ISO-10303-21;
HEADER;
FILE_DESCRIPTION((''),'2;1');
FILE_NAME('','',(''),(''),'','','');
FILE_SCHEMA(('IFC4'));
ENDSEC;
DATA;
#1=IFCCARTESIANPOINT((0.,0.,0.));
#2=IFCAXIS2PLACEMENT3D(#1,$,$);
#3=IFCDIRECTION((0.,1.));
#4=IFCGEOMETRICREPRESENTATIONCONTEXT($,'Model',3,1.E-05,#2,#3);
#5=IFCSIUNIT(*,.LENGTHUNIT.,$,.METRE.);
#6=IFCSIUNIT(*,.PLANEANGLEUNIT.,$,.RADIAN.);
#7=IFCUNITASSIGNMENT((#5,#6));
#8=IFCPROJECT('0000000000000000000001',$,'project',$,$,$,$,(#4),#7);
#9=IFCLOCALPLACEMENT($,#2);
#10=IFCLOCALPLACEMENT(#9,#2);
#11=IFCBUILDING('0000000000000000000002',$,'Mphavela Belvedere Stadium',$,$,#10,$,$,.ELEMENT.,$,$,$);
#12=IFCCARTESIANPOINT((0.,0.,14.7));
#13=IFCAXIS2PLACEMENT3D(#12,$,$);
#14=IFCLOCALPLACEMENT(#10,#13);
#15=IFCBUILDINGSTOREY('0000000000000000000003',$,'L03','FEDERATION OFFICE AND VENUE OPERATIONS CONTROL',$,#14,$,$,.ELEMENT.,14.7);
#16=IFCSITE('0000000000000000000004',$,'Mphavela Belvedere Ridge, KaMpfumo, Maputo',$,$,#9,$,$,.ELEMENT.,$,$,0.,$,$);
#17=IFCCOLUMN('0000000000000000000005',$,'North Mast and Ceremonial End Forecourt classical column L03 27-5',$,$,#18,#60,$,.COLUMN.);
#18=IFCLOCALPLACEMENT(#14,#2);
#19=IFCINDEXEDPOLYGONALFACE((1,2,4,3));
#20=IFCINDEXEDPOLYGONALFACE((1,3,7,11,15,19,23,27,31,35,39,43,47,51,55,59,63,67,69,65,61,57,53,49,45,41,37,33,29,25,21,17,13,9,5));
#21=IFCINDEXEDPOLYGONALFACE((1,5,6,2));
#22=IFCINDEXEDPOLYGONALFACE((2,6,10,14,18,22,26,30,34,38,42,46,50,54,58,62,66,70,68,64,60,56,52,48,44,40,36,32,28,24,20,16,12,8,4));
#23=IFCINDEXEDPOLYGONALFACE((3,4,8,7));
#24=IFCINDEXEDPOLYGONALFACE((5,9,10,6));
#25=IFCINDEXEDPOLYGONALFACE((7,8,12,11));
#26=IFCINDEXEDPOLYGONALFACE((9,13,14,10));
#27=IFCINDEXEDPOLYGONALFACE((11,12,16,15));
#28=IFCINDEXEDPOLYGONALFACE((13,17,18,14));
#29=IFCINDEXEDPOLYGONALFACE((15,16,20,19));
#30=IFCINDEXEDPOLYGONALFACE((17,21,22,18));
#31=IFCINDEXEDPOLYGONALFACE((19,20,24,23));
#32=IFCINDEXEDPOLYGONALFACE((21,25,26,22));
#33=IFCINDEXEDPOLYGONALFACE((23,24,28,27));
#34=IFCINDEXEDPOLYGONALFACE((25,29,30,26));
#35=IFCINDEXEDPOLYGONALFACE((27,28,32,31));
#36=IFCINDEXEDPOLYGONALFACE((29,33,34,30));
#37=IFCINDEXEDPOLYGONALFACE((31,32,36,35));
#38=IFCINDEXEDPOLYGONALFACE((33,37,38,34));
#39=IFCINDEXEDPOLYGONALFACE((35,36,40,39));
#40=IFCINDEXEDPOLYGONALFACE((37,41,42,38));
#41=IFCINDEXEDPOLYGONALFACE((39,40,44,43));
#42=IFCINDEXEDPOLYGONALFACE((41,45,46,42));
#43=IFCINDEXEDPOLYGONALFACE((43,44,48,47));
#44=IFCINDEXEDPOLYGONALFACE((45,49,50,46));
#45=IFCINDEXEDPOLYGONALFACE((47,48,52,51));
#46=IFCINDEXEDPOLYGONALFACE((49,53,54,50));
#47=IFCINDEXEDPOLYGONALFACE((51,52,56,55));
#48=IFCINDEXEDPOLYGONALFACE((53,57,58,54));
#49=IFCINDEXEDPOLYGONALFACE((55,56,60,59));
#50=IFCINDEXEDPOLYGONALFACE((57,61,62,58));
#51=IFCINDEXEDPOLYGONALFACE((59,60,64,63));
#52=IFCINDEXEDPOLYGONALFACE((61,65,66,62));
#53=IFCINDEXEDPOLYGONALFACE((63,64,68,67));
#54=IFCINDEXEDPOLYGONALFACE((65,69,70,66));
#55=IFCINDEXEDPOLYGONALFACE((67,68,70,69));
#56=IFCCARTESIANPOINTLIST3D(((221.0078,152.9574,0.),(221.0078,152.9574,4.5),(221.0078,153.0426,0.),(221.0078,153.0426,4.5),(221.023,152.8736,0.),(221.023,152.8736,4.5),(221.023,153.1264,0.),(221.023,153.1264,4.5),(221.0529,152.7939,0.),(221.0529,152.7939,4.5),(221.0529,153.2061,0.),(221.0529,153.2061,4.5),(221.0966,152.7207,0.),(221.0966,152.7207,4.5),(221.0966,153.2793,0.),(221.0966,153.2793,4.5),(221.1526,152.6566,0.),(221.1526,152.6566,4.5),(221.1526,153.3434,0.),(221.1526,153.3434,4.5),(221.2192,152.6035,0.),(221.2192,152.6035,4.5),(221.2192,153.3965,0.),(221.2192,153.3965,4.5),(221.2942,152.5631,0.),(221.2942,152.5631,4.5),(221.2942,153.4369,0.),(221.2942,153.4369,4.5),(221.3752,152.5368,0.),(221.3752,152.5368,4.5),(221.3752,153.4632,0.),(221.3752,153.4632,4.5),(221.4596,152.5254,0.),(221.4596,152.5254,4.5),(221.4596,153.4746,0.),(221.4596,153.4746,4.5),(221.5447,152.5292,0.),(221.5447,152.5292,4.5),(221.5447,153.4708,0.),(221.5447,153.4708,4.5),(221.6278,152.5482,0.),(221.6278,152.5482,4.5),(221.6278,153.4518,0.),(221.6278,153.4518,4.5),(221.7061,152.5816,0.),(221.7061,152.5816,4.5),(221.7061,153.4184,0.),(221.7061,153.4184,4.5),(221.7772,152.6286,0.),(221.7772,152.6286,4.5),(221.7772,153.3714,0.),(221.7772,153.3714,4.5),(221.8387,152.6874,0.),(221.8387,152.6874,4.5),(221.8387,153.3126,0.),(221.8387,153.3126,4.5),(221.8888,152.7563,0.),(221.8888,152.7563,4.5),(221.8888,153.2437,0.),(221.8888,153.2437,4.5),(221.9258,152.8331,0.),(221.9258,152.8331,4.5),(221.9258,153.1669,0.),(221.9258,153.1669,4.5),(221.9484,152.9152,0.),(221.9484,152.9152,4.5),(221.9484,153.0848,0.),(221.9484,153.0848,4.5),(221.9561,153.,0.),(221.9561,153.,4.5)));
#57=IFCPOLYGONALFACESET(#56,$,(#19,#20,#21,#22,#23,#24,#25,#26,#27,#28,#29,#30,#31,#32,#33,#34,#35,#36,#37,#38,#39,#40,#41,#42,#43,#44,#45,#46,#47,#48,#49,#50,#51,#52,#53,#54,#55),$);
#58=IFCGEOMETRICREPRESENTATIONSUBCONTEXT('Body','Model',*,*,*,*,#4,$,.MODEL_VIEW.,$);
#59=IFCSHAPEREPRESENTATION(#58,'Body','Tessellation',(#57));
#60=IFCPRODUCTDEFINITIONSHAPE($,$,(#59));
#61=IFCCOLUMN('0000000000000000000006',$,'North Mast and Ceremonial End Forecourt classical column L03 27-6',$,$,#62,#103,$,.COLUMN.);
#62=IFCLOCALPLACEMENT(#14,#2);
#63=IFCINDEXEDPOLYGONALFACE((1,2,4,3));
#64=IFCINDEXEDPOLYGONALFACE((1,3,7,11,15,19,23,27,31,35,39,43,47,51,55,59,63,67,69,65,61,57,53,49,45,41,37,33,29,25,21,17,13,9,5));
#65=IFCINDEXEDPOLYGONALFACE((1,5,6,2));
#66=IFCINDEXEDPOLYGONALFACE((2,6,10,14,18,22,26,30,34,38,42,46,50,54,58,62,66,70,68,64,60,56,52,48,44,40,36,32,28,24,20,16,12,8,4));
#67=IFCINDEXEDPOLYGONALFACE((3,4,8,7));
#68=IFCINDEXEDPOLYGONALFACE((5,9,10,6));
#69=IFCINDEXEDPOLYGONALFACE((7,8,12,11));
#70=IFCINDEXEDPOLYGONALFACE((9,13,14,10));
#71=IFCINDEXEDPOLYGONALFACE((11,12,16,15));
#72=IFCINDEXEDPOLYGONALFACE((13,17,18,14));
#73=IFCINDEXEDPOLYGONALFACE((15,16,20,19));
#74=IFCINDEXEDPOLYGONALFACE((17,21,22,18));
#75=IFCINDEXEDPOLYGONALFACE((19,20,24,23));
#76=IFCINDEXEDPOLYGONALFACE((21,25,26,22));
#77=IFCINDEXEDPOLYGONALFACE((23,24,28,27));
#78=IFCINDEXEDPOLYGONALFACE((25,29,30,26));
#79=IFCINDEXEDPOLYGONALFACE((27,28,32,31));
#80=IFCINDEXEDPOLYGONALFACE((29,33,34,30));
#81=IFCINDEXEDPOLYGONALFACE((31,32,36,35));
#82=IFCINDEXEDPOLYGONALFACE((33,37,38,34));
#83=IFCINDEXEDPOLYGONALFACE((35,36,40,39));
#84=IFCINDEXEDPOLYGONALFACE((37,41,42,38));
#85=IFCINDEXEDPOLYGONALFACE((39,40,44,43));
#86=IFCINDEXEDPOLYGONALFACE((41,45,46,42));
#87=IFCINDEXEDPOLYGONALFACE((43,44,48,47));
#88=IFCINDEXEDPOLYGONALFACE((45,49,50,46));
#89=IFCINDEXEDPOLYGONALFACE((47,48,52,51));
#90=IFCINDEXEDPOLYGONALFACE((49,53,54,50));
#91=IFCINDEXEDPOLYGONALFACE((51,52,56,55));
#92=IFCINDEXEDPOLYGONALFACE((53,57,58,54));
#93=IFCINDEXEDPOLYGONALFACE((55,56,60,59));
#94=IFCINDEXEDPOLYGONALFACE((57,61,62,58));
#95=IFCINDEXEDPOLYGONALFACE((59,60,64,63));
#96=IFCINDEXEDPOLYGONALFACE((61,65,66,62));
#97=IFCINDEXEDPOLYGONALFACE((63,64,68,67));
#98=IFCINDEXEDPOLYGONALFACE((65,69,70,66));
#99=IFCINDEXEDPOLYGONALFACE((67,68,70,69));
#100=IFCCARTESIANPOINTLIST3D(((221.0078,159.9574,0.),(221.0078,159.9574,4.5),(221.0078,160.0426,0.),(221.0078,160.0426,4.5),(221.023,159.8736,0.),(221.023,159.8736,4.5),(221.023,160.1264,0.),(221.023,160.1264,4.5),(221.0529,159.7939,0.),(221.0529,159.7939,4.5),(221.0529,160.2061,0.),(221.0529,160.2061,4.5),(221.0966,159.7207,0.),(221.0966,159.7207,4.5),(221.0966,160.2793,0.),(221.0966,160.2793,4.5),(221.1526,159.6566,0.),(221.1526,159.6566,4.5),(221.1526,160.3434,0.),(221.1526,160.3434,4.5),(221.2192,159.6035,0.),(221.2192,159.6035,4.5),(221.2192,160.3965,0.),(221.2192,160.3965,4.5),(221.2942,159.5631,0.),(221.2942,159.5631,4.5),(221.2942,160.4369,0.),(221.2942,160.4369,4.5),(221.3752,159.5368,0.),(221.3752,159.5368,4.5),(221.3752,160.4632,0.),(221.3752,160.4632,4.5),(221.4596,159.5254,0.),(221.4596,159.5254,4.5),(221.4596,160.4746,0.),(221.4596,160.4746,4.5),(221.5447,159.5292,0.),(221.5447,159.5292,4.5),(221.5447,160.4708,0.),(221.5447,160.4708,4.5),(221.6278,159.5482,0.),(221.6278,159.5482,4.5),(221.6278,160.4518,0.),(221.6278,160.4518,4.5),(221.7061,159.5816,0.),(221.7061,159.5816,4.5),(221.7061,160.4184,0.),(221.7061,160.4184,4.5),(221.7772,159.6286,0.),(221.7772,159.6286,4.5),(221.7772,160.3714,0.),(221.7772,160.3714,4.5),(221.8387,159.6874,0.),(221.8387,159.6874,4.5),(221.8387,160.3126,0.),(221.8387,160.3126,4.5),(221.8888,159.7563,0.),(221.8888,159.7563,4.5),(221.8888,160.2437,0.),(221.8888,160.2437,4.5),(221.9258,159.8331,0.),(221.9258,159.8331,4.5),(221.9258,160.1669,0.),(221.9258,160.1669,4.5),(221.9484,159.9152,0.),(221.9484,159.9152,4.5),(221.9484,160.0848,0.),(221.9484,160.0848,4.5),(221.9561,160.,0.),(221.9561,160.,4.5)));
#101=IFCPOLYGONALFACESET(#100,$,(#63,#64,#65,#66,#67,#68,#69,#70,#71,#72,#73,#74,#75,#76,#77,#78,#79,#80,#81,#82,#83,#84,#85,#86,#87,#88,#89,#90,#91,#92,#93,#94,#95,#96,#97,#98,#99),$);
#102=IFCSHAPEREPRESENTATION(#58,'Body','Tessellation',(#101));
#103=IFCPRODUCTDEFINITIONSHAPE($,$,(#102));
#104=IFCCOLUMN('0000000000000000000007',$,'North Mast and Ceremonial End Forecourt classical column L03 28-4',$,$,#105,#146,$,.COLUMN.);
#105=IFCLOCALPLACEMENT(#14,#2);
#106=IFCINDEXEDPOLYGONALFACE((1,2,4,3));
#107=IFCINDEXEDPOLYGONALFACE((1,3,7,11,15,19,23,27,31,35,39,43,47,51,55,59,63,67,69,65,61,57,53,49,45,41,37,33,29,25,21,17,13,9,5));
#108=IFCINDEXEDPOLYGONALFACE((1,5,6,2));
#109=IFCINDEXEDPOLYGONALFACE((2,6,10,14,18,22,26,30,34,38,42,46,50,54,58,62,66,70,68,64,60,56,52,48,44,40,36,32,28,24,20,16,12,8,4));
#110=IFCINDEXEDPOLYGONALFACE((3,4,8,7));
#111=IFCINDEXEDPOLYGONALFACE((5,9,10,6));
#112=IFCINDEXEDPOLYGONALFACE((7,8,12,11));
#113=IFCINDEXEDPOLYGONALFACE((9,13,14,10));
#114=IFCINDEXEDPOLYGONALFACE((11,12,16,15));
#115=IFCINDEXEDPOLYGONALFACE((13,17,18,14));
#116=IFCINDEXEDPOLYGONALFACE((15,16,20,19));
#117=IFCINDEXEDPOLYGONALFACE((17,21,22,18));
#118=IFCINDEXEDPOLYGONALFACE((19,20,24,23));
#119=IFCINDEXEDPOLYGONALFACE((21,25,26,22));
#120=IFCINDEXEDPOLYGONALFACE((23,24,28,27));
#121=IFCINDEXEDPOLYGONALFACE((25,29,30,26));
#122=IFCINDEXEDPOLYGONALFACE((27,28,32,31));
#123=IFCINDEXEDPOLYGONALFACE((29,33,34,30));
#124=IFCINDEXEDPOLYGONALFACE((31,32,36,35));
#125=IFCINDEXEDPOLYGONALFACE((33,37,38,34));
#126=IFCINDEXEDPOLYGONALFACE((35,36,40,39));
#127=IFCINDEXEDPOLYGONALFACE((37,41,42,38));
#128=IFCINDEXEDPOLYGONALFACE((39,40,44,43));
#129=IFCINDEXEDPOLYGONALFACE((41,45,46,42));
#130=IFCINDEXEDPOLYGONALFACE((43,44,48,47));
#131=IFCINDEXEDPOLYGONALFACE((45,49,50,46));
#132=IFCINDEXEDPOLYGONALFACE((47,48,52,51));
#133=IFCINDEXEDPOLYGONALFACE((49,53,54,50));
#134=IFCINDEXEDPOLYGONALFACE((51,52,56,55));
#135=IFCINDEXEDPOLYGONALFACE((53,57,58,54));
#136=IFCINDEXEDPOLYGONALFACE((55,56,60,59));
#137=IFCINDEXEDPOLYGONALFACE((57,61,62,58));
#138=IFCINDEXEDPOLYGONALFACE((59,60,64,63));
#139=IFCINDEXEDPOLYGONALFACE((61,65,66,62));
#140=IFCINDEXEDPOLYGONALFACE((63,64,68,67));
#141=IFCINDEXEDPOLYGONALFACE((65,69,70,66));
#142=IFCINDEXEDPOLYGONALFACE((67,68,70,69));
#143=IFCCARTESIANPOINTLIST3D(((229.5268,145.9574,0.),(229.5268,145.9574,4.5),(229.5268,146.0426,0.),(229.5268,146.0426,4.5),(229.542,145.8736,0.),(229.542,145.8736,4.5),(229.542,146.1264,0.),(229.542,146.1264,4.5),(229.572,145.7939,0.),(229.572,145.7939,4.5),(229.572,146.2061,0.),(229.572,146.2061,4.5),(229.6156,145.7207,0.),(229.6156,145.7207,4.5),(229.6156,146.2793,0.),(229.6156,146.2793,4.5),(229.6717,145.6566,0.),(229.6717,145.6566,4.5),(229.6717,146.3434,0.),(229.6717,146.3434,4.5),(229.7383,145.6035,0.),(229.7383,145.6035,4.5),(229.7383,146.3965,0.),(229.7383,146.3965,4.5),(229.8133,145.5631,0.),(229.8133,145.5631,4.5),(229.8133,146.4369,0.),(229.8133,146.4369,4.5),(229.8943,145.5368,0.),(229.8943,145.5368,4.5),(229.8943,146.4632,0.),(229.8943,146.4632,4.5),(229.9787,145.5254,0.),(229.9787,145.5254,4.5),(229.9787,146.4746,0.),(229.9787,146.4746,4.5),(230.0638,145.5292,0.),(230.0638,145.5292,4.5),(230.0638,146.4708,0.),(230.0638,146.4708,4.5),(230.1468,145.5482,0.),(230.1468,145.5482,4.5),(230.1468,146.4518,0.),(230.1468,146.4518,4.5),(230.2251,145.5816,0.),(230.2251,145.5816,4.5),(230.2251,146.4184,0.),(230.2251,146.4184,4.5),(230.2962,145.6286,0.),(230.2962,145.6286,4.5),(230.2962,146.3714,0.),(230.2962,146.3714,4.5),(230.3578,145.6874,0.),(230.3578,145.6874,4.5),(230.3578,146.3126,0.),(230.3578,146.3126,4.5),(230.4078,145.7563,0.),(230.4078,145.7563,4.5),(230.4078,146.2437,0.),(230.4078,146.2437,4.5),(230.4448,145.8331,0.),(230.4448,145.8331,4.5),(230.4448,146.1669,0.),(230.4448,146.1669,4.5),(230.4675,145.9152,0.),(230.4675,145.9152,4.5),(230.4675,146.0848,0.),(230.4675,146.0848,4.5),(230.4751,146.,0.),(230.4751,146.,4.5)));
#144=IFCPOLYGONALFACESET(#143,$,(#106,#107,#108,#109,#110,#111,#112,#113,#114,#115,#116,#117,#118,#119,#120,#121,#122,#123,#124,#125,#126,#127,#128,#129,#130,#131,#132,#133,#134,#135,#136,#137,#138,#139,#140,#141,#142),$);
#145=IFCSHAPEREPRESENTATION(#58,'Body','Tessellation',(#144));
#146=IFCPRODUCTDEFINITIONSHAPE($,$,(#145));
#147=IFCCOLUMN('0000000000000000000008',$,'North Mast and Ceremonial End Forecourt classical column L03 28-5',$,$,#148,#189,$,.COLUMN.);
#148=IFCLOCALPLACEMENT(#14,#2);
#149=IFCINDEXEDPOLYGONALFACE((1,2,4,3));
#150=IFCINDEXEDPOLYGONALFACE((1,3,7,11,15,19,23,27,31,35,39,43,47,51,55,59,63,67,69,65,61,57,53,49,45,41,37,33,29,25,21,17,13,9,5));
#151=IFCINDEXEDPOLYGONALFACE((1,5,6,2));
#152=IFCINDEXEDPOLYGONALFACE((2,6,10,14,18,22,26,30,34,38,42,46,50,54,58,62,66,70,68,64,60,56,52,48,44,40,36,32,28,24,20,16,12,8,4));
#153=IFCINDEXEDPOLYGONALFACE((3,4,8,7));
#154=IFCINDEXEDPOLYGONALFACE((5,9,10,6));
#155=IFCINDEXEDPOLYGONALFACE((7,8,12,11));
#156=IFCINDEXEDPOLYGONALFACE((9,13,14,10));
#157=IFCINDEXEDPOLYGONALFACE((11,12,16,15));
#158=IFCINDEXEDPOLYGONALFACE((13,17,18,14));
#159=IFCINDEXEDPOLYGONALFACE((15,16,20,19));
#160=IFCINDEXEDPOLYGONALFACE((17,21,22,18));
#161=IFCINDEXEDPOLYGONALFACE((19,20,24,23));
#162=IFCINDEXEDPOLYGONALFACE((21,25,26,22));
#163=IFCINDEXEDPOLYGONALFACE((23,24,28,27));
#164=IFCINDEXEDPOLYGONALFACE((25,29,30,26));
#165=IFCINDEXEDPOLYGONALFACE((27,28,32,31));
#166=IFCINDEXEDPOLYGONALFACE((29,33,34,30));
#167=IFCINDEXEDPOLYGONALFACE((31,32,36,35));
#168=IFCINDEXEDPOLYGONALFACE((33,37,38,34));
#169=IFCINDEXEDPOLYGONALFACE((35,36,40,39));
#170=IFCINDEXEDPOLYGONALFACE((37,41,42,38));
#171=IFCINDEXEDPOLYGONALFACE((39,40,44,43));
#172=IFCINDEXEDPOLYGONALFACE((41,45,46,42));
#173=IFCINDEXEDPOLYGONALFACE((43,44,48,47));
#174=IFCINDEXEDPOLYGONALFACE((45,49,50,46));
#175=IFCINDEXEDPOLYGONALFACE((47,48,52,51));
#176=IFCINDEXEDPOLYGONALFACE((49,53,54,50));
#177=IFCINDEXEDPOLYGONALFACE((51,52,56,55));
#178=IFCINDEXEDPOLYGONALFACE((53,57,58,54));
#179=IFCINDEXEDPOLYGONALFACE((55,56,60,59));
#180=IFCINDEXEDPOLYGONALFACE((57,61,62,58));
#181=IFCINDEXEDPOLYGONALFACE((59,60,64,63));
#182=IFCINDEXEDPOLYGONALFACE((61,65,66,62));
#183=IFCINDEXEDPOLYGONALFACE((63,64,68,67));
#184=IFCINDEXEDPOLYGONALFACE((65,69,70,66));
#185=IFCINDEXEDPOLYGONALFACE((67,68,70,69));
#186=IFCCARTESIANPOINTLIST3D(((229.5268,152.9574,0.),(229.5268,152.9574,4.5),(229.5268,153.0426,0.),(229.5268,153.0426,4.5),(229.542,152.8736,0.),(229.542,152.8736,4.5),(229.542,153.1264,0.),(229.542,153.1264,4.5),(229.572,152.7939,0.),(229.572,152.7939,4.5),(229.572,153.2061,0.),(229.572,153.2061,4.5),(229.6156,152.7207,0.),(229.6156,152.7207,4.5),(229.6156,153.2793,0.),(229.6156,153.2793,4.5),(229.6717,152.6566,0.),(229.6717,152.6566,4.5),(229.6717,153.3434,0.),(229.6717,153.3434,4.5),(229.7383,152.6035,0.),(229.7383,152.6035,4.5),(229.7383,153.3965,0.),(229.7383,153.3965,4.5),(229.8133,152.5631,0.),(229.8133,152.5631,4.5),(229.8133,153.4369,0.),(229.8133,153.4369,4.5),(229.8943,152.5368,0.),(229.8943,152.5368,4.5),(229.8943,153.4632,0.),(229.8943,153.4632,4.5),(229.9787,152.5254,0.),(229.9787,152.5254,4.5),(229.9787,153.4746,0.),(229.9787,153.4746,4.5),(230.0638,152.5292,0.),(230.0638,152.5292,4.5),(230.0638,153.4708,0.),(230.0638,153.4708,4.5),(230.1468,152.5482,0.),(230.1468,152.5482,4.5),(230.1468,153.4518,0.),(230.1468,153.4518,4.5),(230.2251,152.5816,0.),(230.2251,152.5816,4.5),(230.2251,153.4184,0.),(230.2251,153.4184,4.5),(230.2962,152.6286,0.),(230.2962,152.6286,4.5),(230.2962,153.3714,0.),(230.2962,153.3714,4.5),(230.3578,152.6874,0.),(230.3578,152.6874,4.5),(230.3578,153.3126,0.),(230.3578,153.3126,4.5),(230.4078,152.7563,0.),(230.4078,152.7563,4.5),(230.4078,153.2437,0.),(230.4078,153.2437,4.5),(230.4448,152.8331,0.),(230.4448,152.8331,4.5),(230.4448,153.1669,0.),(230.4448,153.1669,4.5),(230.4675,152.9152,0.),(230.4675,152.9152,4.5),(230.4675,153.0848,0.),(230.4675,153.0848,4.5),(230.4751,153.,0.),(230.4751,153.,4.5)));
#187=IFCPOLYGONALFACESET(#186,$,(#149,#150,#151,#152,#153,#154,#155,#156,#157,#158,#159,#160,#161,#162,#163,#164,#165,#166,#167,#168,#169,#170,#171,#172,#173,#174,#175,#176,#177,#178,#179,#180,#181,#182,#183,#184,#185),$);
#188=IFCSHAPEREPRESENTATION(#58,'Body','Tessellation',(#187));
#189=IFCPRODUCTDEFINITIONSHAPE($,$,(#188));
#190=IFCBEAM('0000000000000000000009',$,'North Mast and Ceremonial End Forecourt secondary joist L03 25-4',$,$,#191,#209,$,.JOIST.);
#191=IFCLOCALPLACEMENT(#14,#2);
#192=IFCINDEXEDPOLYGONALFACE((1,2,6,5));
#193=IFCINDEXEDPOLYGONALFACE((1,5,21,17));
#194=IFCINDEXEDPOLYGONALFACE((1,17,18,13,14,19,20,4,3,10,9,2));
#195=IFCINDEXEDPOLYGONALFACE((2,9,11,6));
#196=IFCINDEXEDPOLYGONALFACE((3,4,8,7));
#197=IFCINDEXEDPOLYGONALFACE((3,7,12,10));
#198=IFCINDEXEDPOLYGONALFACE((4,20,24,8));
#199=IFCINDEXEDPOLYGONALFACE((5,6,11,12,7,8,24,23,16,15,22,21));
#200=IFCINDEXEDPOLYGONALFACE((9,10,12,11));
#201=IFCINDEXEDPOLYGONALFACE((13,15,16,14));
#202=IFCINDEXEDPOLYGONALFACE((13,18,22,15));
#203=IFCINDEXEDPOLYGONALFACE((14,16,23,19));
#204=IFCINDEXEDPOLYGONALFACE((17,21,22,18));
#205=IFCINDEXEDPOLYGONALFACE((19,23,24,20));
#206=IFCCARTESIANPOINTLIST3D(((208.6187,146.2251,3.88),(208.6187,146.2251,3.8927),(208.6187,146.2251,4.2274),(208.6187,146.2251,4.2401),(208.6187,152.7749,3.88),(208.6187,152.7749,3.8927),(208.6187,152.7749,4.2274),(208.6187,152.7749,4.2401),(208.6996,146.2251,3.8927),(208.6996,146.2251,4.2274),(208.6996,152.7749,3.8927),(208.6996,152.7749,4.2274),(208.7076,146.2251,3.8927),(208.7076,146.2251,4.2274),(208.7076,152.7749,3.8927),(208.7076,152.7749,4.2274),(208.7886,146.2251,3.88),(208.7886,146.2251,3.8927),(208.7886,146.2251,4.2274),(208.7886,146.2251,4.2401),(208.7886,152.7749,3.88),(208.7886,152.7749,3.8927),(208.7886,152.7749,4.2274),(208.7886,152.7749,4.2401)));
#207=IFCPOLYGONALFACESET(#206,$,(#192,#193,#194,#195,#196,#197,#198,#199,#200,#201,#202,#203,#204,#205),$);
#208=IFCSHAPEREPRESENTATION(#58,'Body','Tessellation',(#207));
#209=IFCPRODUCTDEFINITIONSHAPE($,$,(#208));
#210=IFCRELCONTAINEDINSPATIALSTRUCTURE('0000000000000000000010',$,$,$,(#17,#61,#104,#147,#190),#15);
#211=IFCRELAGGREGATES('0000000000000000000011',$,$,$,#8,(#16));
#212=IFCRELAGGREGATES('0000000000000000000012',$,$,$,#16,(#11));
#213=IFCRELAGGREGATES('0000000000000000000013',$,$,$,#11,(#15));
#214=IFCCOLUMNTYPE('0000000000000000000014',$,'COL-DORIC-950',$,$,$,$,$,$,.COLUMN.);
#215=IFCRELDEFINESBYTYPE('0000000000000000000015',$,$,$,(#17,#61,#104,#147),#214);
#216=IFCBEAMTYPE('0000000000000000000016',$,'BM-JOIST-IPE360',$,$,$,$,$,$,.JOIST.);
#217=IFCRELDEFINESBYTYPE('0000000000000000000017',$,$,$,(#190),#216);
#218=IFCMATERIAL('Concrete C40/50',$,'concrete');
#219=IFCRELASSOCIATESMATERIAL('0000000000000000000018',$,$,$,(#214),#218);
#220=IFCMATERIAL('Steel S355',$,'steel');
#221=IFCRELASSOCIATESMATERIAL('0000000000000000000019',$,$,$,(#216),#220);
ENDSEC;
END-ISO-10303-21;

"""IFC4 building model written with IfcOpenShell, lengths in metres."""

from ifc_helpers import new_model, si_unit, direction, frame, origin, origin_2d, place, context, subcontext, project, spatial, circle, i_section, extrude, material, material_profile, profile_set, type_object, element, save


model = new_model("IFC4")

# Units and contexts
model_context = context("Model", 3, precision=1e-05, world=origin(), true_north=direction((0.0, 1.0)))
body_context = subcontext(model_context, "Body", "Model", "MODEL_VIEW")
ifc_project = project(units=[si_unit("LENGTHUNIT", "METRE"), si_unit("PLANEANGLEUNIT", "RADIAN")], contexts=[model_context])

# Site, building, storey
site_placement = place(None, origin())
site = spatial("IfcSite", under=ifc_project, at=site_placement, Name="Mphavela Belvedere Ridge, KaMpfumo, Maputo", CompositionType="ELEMENT", RefElevation=0.0)
building_placement = place(site_placement, origin())
building = spatial("IfcBuilding", under=site, at=building_placement, Name="Mphavela Belvedere Stadium", CompositionType="ELEMENT")
storey_placement = place(building_placement, frame((0.0, 0.0, 14.7)))
storey = spatial("IfcBuildingStorey", under=building, at=storey_placement, Name="L03", Description="FEDERATION OFFICE AND VENUE OPERATIONS CONTROL", CompositionType="ELEMENT", Elevation=14.7)

# Columns
ifc_material_1 = material(Name="Concrete C40/50", Category="concrete")
ifc_material_profile_1 = material_profile(ifc_material_1, circle(Radius=0.4751, at=origin_2d()), Name="COL D950")
ifc_profile_set_1 = profile_set([ifc_material_profile_1], Name="Concrete C40/50")
column_type = type_object("IfcColumnType", Name="COL-DORIC-950", PredefinedType="COLUMN", material=ifc_profile_set_1)
for number, where, z_axis, x_axis, name in (
    (1, (221.481, 153.0, 0.0), (0.0, 0.0, 1.0), (1.0, 0.0, 0.0), "North Mast and Ceremonial End Forecourt classical column L03 27-5"),
    (2, (221.481, 160.0, 0.0), (0.0, 0.0, 1.0), (1.0, 0.0, 0.0), "North Mast and Ceremonial End Forecourt classical column L03 27-6"),
    (3, (230.0, 146.0, 0.0), (0.0, 0.0, 1.0), (1.0, 0.0, 0.0), "North Mast and Ceremonial End Forecourt classical column L03 28-4"),
    (4, (230.0, 153.0, 0.0), (0.0, 0.0, 1.0), (1.0, 0.0, 0.0), "North Mast and Ceremonial End Forecourt classical column L03 28-5"),
):
    element("IfcColumn", number, at=place(storey_placement, frame(where, z_axis=z_axis, x_axis=x_axis)), inside=storey, type_object=column_type, Name=name, PredefinedType="COLUMN", context=body_context, shape_type="SweptSolid", body=[
        extrude(circle(Radius=0.4751, at=origin_2d()), origin(), (0.0, 0.0, 1.0), 4.5),
    ])

# Beam
ifc_material_2 = material(Name="Steel S355", Category="steel")
ifc_material_profile_2 = material_profile(ifc_material_2, i_section(OverallWidth=0.1699, OverallDepth=0.3601, WebThickness=0.0081, FlangeThickness=0.0127, at=origin_2d()), Name="IPE 360")
ifc_profile_set_2 = profile_set([ifc_material_profile_2], Name="Steel S355")
beam_type_1 = type_object("IfcBeamType", Name="BM-JOIST-IPE360", PredefinedType="JOIST", material=ifc_profile_set_2)
for number, where, z_axis, x_axis, name in (
    (5, (208.7036, 146.2251, 4.0601), (0.0, 1.0, 0.0), (-1.0, 0.0, 0.0), "North Mast and Ceremonial End Forecourt secondary joist L03 25-4"),
):
    element("IfcBeam", number, at=place(storey_placement, frame(where, z_axis=z_axis, x_axis=x_axis)), inside=storey, type_object=beam_type_1, Name=name, PredefinedType="JOIST", context=body_context, shape_type="SweptSolid", body=[
        extrude(i_section(OverallWidth=0.1699, OverallDepth=0.3601, WebThickness=0.0081, FlangeThickness=0.0127, at=origin_2d()), origin(), (0.0, 0.0, 1.0), 6.5498),
    ])

save(model, "model.ifc")
